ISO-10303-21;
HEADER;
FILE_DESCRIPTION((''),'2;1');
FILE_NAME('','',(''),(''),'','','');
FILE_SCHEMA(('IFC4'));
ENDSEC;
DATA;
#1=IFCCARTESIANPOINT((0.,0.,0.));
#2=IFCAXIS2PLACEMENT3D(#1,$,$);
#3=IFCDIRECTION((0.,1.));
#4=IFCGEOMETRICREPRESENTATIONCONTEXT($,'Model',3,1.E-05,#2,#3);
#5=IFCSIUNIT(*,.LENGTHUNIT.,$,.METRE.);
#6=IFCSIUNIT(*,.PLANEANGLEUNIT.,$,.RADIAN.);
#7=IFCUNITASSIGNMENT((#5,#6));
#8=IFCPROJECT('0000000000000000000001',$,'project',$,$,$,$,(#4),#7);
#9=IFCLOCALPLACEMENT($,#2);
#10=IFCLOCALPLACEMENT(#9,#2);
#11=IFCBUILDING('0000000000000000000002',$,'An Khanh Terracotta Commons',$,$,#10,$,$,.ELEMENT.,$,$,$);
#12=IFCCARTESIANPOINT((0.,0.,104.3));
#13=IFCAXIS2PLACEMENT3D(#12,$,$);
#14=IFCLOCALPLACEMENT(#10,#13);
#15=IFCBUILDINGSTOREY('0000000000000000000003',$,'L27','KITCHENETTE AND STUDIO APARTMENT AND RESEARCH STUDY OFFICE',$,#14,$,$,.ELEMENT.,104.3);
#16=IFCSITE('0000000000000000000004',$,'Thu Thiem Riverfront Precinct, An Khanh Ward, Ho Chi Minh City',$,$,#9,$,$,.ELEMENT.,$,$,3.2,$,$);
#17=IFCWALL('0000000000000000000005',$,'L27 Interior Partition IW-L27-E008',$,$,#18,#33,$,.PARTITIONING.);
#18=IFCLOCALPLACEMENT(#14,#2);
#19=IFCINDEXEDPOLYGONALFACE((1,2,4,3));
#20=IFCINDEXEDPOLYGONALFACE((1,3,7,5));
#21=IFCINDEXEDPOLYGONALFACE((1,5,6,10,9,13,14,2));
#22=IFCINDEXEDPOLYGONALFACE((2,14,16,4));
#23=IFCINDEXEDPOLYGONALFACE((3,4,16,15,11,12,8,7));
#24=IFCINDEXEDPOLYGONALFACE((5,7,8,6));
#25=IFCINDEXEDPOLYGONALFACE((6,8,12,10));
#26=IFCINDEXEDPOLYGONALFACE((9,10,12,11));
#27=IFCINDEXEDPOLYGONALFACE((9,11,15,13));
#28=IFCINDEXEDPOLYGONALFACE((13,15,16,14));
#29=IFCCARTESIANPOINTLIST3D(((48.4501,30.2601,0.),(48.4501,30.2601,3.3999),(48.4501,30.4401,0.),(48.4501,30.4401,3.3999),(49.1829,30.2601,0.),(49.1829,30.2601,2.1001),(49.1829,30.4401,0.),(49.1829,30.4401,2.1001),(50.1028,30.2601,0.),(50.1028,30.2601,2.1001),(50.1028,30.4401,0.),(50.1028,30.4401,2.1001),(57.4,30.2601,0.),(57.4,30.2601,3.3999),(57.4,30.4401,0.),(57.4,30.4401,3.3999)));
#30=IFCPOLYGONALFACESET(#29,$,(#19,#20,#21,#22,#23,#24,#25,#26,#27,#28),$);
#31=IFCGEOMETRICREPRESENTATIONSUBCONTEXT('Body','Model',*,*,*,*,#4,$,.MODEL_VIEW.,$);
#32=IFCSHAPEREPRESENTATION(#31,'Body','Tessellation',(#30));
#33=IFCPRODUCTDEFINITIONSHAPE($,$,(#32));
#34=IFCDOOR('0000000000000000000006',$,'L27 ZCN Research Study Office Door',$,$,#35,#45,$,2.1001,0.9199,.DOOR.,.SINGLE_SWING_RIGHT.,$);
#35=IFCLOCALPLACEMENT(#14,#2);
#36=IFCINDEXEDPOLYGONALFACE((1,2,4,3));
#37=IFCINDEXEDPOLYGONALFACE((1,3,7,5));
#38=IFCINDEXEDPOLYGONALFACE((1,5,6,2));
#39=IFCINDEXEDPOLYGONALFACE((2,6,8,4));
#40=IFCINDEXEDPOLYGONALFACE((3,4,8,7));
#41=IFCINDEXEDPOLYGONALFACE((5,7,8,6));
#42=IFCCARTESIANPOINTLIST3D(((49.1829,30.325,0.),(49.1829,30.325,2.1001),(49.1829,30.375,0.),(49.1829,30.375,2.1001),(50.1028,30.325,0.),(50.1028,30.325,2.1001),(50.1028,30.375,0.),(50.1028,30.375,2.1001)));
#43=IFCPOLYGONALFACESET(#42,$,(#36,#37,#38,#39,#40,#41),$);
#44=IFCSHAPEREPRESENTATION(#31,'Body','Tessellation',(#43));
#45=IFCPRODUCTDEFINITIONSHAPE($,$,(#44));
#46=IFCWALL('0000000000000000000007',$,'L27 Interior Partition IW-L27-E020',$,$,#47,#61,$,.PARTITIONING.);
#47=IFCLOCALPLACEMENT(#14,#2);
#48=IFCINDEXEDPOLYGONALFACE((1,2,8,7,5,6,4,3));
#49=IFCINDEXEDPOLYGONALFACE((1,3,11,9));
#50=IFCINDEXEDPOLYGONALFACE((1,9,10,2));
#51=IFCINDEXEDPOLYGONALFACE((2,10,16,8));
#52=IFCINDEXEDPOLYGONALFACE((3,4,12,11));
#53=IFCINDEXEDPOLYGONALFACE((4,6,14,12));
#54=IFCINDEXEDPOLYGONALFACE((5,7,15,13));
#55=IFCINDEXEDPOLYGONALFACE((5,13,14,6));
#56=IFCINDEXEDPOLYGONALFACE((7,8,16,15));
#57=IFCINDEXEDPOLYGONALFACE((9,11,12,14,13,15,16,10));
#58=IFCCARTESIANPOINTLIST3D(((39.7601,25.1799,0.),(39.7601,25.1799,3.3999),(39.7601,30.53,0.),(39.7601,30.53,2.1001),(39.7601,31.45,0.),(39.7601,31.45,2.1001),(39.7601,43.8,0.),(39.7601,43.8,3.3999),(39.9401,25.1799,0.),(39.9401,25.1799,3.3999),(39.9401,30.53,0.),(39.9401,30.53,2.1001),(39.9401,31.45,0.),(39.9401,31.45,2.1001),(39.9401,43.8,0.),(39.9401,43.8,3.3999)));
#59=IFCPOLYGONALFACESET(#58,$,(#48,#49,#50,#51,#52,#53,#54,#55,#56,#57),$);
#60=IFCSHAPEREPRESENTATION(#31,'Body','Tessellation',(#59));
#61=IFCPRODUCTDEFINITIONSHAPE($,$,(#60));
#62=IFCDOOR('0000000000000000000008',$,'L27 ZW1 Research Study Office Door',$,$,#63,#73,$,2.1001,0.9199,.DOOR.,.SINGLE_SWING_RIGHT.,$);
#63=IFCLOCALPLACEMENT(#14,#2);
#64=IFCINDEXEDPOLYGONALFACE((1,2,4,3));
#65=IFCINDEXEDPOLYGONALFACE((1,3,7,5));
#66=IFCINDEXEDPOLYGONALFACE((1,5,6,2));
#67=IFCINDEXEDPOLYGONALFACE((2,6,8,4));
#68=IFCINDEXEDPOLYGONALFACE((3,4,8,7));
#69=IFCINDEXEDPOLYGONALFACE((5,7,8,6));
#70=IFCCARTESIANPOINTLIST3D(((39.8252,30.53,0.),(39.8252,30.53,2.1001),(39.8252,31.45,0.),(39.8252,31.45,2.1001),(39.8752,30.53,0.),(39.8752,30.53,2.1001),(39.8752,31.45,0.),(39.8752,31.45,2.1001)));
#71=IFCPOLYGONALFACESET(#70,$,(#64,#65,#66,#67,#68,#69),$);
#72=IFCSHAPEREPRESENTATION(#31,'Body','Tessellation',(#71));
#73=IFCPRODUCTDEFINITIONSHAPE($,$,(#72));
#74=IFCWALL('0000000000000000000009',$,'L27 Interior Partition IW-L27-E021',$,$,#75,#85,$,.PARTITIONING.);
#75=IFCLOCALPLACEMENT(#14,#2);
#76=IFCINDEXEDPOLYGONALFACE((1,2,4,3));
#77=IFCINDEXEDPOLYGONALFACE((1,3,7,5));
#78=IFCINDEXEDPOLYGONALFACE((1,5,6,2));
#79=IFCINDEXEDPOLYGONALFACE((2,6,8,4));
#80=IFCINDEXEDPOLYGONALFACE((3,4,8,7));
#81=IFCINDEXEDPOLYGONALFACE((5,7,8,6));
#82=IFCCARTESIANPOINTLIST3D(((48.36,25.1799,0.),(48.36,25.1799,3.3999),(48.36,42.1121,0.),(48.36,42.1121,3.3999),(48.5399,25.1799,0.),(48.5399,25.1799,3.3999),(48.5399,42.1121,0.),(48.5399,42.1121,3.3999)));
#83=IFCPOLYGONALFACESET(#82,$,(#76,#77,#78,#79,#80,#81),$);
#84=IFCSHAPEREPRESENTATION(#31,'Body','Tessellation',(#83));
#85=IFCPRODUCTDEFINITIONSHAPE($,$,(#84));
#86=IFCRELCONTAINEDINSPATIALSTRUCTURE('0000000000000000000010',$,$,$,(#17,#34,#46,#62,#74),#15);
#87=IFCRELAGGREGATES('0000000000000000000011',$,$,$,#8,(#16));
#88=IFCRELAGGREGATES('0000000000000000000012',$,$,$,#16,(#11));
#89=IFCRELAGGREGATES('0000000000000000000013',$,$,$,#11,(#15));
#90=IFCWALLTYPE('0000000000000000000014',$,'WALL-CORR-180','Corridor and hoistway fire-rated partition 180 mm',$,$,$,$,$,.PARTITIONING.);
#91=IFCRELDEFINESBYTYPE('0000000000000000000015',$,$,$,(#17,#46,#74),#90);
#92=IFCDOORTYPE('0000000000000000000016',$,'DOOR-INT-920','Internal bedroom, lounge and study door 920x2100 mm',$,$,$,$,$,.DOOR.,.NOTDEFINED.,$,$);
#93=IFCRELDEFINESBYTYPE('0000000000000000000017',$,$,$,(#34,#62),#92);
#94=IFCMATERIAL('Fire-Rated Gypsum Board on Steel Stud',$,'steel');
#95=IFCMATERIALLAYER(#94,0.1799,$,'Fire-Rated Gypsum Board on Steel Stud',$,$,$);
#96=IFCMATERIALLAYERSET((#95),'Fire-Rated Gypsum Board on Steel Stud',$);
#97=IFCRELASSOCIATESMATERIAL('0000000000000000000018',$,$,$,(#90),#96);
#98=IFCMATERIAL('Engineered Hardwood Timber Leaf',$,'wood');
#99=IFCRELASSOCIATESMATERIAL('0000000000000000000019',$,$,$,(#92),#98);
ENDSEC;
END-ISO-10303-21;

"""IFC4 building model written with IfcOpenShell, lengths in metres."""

from ifc_helpers import new_model, si_unit, direction, frame, frame_2d, origin, place, context, subcontext, project, spatial, rectangle, extrude, material, layer, layer_set, type_object, element, fill, save


model = new_model("IFC4")

# Units and contexts
model_context = context("Model", 3, precision=1e-05, world=origin(), true_north=direction((0.0, 1.0)))
body_context = subcontext(model_context, "Body", "Model", "MODEL_VIEW")
ifc_project = project(units=[si_unit("LENGTHUNIT", "METRE"), si_unit("PLANEANGLEUNIT", "RADIAN")], contexts=[model_context])

# Site, building, storey
site_placement = place(None, origin())
site = spatial("IfcSite", under=ifc_project, at=site_placement, Name="Thu Thiem Riverfront Precinct, An Khanh Ward, Ho Chi Minh City", CompositionType="ELEMENT", RefElevation=3.2)
building_placement = place(site_placement, origin())
building = spatial("IfcBuilding", under=site, at=building_placement, Name="An Khanh Terracotta Commons", CompositionType="ELEMENT")
storey_placement = place(building_placement, frame((0.0, 0.0, 104.3)))
storey = spatial("IfcBuildingStorey", under=building, at=storey_placement, Name="L27", Description="KITCHENETTE AND STUDIO APARTMENT AND RESEARCH STUDY OFFICE", CompositionType="ELEMENT", Elevation=104.3)

# Shared definitions
ifc_material_1 = material(Name="Fire-Rated Gypsum Board on Steel Stud", Category="steel")
ifc_layer = layer(ifc_material_1, 0.1799, Name="Fire-Rated Gypsum Board on Steel Stud")
ifc_layer_set = layer_set([ifc_layer], Name="Fire-Rated Gypsum Board on Steel Stud")
wall_type = type_object("IfcWallType", Name="WALL-CORR-180", Description="Corridor and hoistway fire-rated partition 180 mm", PredefinedType="PARTITIONING", material=ifc_layer_set)

# Walls, openings, doors
wall_1_placement = place(storey_placement, frame((48.45, 30.3501, 0.0), z_axis=(0.0, 0.0, 1.0), x_axis=(1.0, 0.0, 0.0)))
wall_1 = element("IfcWall", 1, at=wall_1_placement, inside=storey, type_object=wall_type, Name="L27 Interior Partition IW-L27-E008", PredefinedType="PARTITIONING", context=body_context, shape_type="SweptSolid", body=[
    extrude(rectangle(XDim=8.95, YDim=0.1799, at=frame_2d((4.4751, 0.0))), origin(), (0.0, 0.0, 1.0), 3.3999),
])
opening_1_placement = place(wall_1_placement, frame((0.7329, 0.0, 0.0)))
opening_1 = element("IfcOpeningElement", 2, at=opening_1_placement, cuts=wall_1, PredefinedType="OPENING", context=body_context, shape_type="SweptSolid", body=[
    extrude(rectangle(XDim=0.9199, YDim=2.1001, at=frame_2d((0.46, 1.05))), frame((0.0, 0.0999, 0.0), z_axis=(0.0, -1.0, 0.0), x_axis=(1.0, 0.0, 0.0)), (0.0, 0.0, 1.0), 0.2),
])
ifc_material_2 = material(Name="Engineered Hardwood Timber Leaf", Category="wood")
door_type = type_object("IfcDoorType", Name="DOOR-INT-920", Description="Internal bedroom, lounge and study door 920x2100 mm", OperationType="NOTDEFINED", PredefinedType="DOOR", material=ifc_material_2)
door_1_placement = place(opening_1_placement, origin())
door_1 = element("IfcDoor", 3, at=door_1_placement, inside=storey, type_object=door_type, Name="L27 ZCN Research Study Office Door", OperationType="SINGLE_SWING_RIGHT", OverallHeight=2.1001, OverallWidth=0.9199, PredefinedType="DOOR", context=body_context, shape_type="SweptSolid", body=[
    extrude(rectangle(XDim=0.9199, YDim=2.1001, at=frame_2d((0.46, 1.05))), frame((0.0, 0.0249, 0.0), z_axis=(0.0, -1.0, 0.0), x_axis=(1.0, 0.0, 0.0)), (0.0, 0.0, 1.0), 0.05),
])
fill(opening_1, door_1)
wall_2_placement = place(storey_placement, frame((39.8501, 25.1799, 0.0), z_axis=(0.0, 0.0, 1.0), x_axis=(0.0, 1.0, 0.0)))
wall_2 = element("IfcWall", 4, at=wall_2_placement, inside=storey, type_object=wall_type, Name="L27 Interior Partition IW-L27-E020", PredefinedType="PARTITIONING", context=body_context, shape_type="SweptSolid", body=[
    extrude(rectangle(XDim=18.6201, YDim=0.1799, at=frame_2d((9.3101, 0.0))), origin(), (0.0, 0.0, 1.0), 3.3999),
])
opening_2_placement = place(wall_2_placement, frame((5.3501, 0.0, 0.0)))
opening_2 = element("IfcOpeningElement", 5, at=opening_2_placement, cuts=wall_2, PredefinedType="OPENING", context=body_context, shape_type="SweptSolid", body=[
    extrude(rectangle(XDim=0.9199, YDim=2.1001, at=frame_2d((0.46, 1.05))), frame((0.0, 0.0999, 0.0), z_axis=(0.0, -1.0, 0.0), x_axis=(1.0, 0.0, 0.0)), (0.0, 0.0, 1.0), 0.2),
])
door_2_placement = place(opening_2_placement, origin())
door_2 = element("IfcDoor", 6, at=door_2_placement, inside=storey, type_object=door_type, Name="L27 ZW1 Research Study Office Door", OperationType="SINGLE_SWING_RIGHT", OverallHeight=2.1001, OverallWidth=0.9199, PredefinedType="DOOR", context=body_context, shape_type="SweptSolid", body=[
    extrude(rectangle(XDim=0.9199, YDim=2.1001, at=frame_2d((0.46, 1.05))), frame((0.0, 0.0249, 0.0), z_axis=(0.0, -1.0, 0.0), x_axis=(1.0, 0.0, 0.0)), (0.0, 0.0, 1.0), 0.05),
])
fill(opening_2, door_2)

# Wall
wall_3_placement = place(storey_placement, frame((48.45, 25.1799, 0.0), z_axis=(0.0, 0.0, 1.0), x_axis=(0.0, 1.0, 0.0)))
element("IfcWall", 7, at=wall_3_placement, inside=storey, type_object=wall_type, Name="L27 Interior Partition IW-L27-E021", PredefinedType="PARTITIONING", context=body_context, shape_type="SweptSolid", body=[
    extrude(rectangle(XDim=16.9321, YDim=0.1799, at=frame_2d((8.4661, 0.0))), origin(), (0.0, 0.0, 1.0), 3.3999),
])

save(model, "model.ifc")
